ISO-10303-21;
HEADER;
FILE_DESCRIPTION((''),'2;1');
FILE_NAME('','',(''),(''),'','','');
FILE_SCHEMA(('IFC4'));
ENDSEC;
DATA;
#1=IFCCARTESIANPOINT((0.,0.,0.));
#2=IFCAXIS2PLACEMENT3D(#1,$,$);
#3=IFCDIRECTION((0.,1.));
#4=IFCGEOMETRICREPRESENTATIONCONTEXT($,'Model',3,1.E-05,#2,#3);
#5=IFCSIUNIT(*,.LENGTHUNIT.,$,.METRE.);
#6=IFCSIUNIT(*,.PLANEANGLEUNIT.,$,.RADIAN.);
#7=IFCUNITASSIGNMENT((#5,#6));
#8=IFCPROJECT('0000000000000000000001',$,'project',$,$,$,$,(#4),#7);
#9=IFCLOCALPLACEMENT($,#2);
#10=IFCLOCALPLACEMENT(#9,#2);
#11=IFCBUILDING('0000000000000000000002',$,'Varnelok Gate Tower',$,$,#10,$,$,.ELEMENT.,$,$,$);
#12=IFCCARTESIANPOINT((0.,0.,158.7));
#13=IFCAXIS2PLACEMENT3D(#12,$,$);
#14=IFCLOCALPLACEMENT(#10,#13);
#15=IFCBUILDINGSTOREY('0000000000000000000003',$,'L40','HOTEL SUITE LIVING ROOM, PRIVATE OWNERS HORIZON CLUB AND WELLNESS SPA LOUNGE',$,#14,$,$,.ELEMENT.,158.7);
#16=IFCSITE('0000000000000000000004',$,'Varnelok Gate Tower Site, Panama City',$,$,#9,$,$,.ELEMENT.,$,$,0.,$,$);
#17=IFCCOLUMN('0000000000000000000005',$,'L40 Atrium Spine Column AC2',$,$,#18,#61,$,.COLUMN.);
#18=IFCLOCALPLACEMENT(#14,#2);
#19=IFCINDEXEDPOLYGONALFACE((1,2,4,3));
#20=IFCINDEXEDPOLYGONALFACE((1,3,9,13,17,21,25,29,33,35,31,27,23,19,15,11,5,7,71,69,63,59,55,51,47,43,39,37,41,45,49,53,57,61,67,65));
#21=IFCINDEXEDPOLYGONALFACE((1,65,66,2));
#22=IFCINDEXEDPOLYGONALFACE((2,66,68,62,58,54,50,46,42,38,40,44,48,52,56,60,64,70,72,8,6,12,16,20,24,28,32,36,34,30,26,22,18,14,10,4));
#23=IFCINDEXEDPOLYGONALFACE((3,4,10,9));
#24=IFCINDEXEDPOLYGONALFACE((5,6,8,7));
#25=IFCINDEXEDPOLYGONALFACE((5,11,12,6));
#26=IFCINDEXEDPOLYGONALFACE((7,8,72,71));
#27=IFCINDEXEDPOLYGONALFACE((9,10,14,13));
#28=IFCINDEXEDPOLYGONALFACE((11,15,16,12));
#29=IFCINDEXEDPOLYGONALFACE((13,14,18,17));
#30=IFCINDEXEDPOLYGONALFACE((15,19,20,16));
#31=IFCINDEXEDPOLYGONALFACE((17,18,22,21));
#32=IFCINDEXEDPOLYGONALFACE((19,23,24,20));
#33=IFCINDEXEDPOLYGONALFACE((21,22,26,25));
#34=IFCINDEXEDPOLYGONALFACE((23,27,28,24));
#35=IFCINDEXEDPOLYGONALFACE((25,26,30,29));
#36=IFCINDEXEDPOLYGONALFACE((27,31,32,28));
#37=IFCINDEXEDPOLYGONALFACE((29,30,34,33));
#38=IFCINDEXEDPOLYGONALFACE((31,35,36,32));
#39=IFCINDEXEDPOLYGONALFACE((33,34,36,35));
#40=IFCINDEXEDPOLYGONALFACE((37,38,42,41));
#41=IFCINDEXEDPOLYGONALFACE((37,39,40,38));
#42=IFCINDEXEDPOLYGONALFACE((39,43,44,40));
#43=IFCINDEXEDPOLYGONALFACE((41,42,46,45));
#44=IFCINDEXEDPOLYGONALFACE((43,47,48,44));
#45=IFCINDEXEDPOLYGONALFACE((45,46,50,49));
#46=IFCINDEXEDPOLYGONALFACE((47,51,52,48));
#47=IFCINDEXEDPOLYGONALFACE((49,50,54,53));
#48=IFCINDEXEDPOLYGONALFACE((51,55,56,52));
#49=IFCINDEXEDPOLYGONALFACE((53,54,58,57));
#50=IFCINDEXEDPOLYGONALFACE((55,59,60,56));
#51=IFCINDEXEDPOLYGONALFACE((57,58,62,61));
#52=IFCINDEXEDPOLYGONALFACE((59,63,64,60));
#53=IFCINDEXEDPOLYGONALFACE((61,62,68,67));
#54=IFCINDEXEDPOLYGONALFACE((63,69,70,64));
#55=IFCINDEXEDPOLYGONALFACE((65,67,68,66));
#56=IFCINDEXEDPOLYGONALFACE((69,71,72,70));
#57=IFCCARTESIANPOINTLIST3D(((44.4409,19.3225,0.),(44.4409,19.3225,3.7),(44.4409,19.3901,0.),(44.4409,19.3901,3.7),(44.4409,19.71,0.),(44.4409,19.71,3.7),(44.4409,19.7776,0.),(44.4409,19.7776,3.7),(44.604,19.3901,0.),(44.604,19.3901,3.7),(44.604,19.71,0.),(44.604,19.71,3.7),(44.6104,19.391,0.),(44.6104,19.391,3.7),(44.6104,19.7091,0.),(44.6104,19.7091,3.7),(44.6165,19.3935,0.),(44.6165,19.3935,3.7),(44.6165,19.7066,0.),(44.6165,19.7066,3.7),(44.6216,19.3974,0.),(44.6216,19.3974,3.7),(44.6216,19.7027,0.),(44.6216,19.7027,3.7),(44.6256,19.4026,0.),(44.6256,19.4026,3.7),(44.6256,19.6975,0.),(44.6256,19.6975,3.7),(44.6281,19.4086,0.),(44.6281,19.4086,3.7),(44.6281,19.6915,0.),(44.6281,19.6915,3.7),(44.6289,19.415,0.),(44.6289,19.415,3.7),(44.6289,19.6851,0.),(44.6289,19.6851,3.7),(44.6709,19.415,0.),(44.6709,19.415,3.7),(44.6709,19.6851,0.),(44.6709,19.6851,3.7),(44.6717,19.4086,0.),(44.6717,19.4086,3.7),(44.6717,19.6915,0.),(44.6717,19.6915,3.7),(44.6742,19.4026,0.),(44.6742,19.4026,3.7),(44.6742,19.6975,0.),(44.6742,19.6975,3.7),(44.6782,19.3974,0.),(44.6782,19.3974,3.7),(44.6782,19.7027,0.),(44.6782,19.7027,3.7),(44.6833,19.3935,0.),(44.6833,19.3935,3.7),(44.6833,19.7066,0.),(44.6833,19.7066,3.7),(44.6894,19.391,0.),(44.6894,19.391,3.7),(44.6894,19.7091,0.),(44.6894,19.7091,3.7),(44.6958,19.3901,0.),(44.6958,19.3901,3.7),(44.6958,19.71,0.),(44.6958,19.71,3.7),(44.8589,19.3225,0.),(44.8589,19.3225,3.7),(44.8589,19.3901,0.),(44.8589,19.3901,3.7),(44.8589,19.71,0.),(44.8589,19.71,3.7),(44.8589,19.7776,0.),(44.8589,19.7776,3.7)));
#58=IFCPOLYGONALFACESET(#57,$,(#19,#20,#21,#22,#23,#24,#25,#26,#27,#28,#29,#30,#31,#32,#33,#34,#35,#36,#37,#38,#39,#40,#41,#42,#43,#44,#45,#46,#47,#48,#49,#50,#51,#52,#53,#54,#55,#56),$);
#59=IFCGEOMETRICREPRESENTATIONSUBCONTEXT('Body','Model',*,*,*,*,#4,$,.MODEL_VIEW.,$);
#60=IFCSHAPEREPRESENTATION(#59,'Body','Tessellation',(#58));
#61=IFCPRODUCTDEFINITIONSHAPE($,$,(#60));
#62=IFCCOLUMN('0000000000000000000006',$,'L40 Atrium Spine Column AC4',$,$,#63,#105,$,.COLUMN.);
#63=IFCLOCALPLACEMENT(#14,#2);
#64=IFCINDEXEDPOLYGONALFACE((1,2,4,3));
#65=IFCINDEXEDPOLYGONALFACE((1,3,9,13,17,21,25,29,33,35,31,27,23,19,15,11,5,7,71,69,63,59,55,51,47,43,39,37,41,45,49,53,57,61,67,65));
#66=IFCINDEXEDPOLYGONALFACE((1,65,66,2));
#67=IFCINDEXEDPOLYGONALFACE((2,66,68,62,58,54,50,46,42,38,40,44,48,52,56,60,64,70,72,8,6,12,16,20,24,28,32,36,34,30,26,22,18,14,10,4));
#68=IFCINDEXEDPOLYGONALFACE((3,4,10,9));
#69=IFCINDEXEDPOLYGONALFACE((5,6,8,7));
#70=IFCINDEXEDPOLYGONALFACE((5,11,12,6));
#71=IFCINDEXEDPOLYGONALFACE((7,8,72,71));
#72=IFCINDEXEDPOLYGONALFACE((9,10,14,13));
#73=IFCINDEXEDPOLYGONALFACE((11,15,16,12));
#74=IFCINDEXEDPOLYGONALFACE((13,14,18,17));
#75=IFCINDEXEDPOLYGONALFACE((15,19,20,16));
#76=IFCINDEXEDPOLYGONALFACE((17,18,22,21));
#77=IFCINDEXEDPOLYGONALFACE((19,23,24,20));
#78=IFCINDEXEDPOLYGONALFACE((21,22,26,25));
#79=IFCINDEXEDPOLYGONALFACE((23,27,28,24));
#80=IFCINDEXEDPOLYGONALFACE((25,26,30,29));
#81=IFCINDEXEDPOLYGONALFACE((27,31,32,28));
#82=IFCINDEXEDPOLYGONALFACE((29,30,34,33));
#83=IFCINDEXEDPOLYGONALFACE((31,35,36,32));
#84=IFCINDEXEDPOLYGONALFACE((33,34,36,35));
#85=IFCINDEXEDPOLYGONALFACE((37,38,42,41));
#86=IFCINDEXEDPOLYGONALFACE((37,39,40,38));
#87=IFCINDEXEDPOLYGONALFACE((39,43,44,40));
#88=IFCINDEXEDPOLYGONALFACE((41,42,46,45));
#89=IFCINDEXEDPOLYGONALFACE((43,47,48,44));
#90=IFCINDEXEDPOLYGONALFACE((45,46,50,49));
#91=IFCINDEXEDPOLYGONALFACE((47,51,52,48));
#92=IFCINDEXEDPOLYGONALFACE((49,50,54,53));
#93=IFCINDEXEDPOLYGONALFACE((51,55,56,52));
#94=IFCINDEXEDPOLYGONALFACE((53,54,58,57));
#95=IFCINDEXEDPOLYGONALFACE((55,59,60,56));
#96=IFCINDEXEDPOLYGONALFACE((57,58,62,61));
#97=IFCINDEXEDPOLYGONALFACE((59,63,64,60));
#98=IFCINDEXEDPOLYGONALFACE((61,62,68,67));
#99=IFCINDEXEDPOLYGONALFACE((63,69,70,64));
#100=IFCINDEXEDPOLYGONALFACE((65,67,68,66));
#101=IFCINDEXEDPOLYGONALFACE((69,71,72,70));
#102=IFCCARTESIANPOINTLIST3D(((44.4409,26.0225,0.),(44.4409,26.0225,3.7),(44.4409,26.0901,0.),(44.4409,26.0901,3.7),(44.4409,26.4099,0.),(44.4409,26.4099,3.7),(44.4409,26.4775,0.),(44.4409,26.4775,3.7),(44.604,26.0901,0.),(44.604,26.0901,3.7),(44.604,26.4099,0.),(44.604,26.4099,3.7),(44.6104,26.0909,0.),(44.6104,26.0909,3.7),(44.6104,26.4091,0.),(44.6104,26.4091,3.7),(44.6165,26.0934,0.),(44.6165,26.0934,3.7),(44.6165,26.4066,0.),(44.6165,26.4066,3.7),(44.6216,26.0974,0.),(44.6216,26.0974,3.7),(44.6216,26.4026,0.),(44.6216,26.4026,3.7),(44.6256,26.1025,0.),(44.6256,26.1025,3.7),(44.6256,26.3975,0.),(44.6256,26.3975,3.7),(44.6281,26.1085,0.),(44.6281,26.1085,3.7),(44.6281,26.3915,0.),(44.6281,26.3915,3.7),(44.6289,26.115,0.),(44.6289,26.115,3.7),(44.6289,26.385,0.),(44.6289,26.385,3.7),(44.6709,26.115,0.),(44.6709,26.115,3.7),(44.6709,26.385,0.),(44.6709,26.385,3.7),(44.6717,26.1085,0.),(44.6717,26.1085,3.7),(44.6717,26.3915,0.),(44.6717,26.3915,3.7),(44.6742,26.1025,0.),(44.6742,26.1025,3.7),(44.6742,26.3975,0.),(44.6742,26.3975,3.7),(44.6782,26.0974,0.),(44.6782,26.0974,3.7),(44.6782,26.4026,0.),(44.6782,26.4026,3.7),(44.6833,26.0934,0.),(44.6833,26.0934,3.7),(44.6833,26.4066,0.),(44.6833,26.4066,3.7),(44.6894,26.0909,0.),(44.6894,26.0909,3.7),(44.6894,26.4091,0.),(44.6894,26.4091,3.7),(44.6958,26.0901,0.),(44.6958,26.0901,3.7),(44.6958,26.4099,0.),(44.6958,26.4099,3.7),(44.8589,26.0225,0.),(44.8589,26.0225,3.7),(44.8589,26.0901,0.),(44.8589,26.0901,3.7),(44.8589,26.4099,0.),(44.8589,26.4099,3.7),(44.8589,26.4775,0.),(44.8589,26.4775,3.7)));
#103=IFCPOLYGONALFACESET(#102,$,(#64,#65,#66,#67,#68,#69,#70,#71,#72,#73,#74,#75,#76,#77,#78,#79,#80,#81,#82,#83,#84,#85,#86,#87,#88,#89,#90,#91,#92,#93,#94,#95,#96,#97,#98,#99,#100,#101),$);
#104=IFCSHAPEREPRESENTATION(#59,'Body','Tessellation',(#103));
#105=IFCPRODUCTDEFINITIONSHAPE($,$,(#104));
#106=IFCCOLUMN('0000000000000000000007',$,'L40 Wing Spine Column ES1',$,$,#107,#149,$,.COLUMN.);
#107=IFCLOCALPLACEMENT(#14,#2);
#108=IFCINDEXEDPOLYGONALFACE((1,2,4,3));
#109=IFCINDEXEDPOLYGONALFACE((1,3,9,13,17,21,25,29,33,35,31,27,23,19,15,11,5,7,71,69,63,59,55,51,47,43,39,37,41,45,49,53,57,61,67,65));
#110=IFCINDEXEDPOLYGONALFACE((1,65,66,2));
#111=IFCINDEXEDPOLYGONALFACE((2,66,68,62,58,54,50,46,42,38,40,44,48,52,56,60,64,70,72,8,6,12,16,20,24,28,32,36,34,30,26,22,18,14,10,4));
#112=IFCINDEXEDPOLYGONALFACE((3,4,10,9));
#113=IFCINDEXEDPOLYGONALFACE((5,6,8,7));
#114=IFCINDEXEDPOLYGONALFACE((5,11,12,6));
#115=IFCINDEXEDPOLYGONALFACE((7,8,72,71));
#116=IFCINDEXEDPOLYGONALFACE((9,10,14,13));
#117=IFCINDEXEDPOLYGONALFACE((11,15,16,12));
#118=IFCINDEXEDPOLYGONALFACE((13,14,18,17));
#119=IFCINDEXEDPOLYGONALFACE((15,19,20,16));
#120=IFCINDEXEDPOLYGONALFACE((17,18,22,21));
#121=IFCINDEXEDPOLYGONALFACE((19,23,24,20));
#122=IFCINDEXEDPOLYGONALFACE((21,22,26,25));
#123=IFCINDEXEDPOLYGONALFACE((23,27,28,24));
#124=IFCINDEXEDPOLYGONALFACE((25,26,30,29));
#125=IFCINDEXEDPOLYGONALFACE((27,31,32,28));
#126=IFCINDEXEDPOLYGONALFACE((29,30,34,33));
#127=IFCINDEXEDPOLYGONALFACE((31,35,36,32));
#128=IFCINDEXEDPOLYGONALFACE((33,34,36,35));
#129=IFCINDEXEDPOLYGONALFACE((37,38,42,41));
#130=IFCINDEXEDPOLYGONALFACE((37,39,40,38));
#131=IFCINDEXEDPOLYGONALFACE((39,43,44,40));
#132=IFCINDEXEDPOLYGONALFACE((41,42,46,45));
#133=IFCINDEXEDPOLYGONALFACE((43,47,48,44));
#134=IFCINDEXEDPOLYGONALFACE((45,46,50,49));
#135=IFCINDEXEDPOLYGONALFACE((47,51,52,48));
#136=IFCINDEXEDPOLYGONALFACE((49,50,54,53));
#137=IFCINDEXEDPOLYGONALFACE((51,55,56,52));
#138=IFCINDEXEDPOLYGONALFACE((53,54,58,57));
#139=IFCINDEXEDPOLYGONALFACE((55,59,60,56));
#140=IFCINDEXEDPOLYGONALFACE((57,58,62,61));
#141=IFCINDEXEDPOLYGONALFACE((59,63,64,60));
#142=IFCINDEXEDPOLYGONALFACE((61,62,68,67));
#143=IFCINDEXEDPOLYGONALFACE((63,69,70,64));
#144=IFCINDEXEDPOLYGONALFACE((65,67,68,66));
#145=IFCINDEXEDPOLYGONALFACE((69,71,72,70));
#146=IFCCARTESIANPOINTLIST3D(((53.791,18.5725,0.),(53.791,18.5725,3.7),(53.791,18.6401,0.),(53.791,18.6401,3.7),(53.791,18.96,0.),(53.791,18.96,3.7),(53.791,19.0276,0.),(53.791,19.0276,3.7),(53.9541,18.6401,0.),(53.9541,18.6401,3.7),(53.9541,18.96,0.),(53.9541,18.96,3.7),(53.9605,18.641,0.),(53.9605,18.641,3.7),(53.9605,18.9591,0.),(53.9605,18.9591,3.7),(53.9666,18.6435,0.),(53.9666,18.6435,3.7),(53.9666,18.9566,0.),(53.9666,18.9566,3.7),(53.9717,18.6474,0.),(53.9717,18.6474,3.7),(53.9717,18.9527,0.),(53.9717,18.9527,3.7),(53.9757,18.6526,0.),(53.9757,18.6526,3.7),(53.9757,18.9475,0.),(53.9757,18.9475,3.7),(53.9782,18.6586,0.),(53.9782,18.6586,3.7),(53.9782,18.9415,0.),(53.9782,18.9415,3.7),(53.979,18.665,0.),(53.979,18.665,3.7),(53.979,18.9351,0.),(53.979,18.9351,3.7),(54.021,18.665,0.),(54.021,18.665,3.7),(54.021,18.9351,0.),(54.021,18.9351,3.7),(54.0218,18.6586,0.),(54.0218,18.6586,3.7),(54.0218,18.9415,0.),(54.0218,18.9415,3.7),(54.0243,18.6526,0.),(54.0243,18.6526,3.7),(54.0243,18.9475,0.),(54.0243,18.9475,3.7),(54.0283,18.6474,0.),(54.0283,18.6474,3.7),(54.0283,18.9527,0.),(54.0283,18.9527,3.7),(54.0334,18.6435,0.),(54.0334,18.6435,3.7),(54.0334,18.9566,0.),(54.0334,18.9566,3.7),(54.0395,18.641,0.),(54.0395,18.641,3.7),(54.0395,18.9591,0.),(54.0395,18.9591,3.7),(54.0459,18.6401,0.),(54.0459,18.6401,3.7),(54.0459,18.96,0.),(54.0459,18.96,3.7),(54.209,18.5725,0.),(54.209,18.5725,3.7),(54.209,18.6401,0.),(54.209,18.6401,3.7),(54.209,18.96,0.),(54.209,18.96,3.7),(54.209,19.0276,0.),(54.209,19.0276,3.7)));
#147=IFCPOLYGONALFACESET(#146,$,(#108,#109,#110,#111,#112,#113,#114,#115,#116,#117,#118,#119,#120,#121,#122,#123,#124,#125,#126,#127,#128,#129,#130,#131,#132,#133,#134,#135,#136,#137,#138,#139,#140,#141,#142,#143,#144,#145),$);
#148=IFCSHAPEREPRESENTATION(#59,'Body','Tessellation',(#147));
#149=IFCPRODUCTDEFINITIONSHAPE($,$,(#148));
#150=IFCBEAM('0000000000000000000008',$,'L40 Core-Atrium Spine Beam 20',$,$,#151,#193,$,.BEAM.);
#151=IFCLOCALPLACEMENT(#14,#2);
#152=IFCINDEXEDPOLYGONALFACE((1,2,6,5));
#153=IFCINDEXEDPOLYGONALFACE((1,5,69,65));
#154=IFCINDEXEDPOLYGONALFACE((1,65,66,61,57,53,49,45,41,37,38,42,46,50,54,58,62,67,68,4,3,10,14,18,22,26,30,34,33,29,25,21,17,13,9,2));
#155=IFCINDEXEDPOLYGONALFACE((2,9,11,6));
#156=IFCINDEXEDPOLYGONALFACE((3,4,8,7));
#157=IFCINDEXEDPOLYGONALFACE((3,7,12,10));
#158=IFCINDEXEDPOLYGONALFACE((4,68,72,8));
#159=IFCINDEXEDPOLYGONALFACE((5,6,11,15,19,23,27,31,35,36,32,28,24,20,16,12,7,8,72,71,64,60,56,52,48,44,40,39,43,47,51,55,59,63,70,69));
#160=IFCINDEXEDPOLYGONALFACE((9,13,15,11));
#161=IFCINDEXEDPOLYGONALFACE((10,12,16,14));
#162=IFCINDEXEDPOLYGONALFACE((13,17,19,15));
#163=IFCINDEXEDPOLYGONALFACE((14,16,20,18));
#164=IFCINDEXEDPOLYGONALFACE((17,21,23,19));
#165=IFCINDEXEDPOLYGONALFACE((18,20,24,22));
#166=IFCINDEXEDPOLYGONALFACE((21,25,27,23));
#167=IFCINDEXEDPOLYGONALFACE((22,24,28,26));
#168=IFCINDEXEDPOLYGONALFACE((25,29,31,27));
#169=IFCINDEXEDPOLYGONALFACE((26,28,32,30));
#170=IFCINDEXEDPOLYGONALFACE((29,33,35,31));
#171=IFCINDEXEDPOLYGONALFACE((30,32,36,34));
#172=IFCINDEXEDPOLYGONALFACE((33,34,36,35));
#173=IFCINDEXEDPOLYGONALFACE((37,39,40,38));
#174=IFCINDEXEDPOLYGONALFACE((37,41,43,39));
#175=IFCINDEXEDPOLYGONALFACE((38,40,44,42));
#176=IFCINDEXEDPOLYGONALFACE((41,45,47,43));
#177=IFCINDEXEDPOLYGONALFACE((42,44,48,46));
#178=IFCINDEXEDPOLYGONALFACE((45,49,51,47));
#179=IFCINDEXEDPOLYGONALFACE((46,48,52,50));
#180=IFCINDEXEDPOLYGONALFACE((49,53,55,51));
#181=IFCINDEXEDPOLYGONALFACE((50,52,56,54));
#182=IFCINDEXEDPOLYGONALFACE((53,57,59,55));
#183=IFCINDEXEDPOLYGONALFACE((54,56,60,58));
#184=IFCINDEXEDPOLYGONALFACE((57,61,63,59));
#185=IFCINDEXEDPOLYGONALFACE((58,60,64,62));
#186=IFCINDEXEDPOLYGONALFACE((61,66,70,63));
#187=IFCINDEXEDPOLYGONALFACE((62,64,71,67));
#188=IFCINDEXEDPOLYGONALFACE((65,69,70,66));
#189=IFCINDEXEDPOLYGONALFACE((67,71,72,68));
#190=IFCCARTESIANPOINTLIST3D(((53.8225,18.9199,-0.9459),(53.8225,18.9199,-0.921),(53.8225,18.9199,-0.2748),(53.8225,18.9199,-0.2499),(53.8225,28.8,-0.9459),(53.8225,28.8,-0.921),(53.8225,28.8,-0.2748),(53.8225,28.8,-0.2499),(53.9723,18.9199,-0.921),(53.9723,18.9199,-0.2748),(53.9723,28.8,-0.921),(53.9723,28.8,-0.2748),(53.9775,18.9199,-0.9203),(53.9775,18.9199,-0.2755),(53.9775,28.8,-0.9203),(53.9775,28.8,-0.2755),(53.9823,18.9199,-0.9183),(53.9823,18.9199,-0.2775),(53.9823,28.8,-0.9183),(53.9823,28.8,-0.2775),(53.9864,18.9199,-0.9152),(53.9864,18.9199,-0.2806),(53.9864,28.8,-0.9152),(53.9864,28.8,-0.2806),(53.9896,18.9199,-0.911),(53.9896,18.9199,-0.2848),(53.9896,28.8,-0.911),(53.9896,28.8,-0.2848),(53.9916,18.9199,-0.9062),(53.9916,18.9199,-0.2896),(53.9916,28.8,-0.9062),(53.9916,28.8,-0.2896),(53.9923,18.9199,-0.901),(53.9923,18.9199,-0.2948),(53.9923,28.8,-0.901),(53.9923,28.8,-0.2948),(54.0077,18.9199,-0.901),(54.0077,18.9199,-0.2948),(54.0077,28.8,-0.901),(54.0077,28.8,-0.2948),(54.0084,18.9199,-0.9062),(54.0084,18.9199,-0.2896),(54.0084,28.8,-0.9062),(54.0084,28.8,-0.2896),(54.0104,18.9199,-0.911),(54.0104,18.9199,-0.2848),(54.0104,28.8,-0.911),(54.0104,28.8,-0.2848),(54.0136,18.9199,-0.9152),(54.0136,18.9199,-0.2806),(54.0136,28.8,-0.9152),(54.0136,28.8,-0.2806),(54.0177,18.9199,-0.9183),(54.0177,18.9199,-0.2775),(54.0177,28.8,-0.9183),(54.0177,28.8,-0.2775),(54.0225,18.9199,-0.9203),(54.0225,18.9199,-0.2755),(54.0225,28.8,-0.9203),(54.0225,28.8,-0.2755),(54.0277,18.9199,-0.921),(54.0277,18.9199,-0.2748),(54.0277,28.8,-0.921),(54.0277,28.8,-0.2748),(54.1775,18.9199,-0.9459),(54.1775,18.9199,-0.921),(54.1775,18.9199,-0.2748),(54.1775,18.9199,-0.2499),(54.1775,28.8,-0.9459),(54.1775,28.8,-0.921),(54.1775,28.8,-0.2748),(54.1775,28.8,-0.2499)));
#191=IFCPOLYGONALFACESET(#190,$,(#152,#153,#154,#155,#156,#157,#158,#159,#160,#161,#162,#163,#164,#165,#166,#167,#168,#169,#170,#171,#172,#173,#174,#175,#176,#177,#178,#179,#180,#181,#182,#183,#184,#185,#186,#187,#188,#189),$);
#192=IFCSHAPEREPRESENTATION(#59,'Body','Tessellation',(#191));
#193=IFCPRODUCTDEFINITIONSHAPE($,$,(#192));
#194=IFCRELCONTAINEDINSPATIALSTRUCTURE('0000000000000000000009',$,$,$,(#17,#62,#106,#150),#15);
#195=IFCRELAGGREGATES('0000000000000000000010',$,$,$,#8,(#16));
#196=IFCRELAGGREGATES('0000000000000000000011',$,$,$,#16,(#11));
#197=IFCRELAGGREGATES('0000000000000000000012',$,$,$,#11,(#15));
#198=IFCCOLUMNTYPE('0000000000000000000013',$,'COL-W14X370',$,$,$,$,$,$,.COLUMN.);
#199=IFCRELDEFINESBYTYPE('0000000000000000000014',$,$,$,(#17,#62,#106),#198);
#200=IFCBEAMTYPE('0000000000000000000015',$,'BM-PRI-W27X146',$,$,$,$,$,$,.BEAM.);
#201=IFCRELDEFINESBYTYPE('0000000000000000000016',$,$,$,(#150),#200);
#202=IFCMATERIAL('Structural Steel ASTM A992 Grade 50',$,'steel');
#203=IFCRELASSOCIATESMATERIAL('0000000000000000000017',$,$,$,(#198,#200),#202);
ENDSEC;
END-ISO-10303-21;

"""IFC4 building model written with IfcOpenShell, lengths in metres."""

from ifc_helpers import new_model, si_unit, direction, frame, origin, origin_2d, place, context, subcontext, project, spatial, i_section, extrude, material, material_profile, profile_set, type_object, element, save


model = new_model("IFC4")

# Units and contexts
model_context = context("Model", 3, precision=1e-05, world=origin(), true_north=direction((0.0, 1.0)))
body_context = subcontext(model_context, "Body", "Model", "MODEL_VIEW")
ifc_project = project(units=[si_unit("LENGTHUNIT", "METRE"), si_unit("PLANEANGLEUNIT", "RADIAN")], contexts=[model_context])

# Site, building, storey
site_placement = place(None, origin())
site = spatial("IfcSite", under=ifc_project, at=site_placement, Name="Varnelok Gate Tower Site, Panama City", CompositionType="ELEMENT", RefElevation=0.0)
building_placement = place(site_placement, origin())
building = spatial("IfcBuilding", under=site, at=building_placement, Name="Varnelok Gate Tower", CompositionType="ELEMENT")
storey_placement = place(building_placement, frame((0.0, 0.0, 158.7)))
storey = spatial("IfcBuildingStorey", under=building, at=storey_placement, Name="L40", Description="HOTEL SUITE LIVING ROOM, PRIVATE OWNERS HORIZON CLUB AND WELLNESS SPA LOUNGE", CompositionType="ELEMENT", Elevation=158.7)

# Columns
ifc_material_1 = material(Name="Structural Steel ASTM A992 Grade 50", Category="steel")
ifc_material_profile_1 = material_profile(ifc_material_1, i_section(OverallWidth=0.418, OverallDepth=0.4551, WebThickness=0.042, FlangeThickness=0.0676, FilletRadius=0.0249, at=origin_2d()), Name="W14X370")
ifc_profile_set_1 = profile_set([ifc_material_profile_1], Name="Structural Steel ASTM A992 Grade 50")
column_type = type_object("IfcColumnType", Name="COL-W14X370", PredefinedType="COLUMN", material=ifc_profile_set_1)
for number, where, z_axis, x_axis, name in (
    (1, (44.6499, 19.55, 0.0), (0.0, 0.0, 1.0), (1.0, 0.0, 0.0), "L40 Atrium Spine Column AC2"),
    (2, (44.6499, 26.25, 0.0), (0.0, 0.0, 1.0), (1.0, 0.0, 0.0), "L40 Atrium Spine Column AC4"),
    (3, (54.0, 18.8, 0.0), (0.0, 0.0, 1.0), (1.0, 0.0, 0.0), "L40 Wing Spine Column ES1"),
):
    element("IfcColumn", number, at=place(storey_placement, frame(where, z_axis=z_axis, x_axis=x_axis)), inside=storey, type_object=column_type, Name=name, PredefinedType="COLUMN", context=body_context, shape_type="SweptSolid", body=[
        extrude(i_section(OverallWidth=0.418, OverallDepth=0.4551, WebThickness=0.042, FlangeThickness=0.0676, FilletRadius=0.0249, at=origin_2d()), origin(), (0.0, 0.0, 1.0), 3.7),
    ])

# Beam
ifc_material_profile_2 = material_profile(ifc_material_1, i_section(OverallWidth=0.355, OverallDepth=0.696, WebThickness=0.0154, FlangeThickness=0.0249, FilletRadius=0.02, at=origin_2d()), Name="W27X146")
ifc_profile_set_2 = profile_set([ifc_material_profile_2], Name="Structural Steel ASTM A992 Grade 50")
beam_type_1 = type_object("IfcBeamType", Name="BM-PRI-W27X146", PredefinedType="BEAM", material=ifc_profile_set_2)
beam_1_placement = place(storey_placement, frame((54.0, 18.9199, -0.5979), z_axis=(0.0, 1.0, 0.0), x_axis=(-1.0, 0.0, 0.0)))
element("IfcBeam", 4, at=beam_1_placement, inside=storey, type_object=beam_type_1, Name="L40 Core-Atrium Spine Beam 20", PredefinedType="BEAM", context=body_context, shape_type="SweptSolid", body=[
    extrude(i_section(OverallWidth=0.355, OverallDepth=0.696, WebThickness=0.0154, FlangeThickness=0.0249, FilletRadius=0.02, at=origin_2d()), origin(), (0.0, 0.0, 1.0), 9.8801),
])

save(model, "model.ifc")
